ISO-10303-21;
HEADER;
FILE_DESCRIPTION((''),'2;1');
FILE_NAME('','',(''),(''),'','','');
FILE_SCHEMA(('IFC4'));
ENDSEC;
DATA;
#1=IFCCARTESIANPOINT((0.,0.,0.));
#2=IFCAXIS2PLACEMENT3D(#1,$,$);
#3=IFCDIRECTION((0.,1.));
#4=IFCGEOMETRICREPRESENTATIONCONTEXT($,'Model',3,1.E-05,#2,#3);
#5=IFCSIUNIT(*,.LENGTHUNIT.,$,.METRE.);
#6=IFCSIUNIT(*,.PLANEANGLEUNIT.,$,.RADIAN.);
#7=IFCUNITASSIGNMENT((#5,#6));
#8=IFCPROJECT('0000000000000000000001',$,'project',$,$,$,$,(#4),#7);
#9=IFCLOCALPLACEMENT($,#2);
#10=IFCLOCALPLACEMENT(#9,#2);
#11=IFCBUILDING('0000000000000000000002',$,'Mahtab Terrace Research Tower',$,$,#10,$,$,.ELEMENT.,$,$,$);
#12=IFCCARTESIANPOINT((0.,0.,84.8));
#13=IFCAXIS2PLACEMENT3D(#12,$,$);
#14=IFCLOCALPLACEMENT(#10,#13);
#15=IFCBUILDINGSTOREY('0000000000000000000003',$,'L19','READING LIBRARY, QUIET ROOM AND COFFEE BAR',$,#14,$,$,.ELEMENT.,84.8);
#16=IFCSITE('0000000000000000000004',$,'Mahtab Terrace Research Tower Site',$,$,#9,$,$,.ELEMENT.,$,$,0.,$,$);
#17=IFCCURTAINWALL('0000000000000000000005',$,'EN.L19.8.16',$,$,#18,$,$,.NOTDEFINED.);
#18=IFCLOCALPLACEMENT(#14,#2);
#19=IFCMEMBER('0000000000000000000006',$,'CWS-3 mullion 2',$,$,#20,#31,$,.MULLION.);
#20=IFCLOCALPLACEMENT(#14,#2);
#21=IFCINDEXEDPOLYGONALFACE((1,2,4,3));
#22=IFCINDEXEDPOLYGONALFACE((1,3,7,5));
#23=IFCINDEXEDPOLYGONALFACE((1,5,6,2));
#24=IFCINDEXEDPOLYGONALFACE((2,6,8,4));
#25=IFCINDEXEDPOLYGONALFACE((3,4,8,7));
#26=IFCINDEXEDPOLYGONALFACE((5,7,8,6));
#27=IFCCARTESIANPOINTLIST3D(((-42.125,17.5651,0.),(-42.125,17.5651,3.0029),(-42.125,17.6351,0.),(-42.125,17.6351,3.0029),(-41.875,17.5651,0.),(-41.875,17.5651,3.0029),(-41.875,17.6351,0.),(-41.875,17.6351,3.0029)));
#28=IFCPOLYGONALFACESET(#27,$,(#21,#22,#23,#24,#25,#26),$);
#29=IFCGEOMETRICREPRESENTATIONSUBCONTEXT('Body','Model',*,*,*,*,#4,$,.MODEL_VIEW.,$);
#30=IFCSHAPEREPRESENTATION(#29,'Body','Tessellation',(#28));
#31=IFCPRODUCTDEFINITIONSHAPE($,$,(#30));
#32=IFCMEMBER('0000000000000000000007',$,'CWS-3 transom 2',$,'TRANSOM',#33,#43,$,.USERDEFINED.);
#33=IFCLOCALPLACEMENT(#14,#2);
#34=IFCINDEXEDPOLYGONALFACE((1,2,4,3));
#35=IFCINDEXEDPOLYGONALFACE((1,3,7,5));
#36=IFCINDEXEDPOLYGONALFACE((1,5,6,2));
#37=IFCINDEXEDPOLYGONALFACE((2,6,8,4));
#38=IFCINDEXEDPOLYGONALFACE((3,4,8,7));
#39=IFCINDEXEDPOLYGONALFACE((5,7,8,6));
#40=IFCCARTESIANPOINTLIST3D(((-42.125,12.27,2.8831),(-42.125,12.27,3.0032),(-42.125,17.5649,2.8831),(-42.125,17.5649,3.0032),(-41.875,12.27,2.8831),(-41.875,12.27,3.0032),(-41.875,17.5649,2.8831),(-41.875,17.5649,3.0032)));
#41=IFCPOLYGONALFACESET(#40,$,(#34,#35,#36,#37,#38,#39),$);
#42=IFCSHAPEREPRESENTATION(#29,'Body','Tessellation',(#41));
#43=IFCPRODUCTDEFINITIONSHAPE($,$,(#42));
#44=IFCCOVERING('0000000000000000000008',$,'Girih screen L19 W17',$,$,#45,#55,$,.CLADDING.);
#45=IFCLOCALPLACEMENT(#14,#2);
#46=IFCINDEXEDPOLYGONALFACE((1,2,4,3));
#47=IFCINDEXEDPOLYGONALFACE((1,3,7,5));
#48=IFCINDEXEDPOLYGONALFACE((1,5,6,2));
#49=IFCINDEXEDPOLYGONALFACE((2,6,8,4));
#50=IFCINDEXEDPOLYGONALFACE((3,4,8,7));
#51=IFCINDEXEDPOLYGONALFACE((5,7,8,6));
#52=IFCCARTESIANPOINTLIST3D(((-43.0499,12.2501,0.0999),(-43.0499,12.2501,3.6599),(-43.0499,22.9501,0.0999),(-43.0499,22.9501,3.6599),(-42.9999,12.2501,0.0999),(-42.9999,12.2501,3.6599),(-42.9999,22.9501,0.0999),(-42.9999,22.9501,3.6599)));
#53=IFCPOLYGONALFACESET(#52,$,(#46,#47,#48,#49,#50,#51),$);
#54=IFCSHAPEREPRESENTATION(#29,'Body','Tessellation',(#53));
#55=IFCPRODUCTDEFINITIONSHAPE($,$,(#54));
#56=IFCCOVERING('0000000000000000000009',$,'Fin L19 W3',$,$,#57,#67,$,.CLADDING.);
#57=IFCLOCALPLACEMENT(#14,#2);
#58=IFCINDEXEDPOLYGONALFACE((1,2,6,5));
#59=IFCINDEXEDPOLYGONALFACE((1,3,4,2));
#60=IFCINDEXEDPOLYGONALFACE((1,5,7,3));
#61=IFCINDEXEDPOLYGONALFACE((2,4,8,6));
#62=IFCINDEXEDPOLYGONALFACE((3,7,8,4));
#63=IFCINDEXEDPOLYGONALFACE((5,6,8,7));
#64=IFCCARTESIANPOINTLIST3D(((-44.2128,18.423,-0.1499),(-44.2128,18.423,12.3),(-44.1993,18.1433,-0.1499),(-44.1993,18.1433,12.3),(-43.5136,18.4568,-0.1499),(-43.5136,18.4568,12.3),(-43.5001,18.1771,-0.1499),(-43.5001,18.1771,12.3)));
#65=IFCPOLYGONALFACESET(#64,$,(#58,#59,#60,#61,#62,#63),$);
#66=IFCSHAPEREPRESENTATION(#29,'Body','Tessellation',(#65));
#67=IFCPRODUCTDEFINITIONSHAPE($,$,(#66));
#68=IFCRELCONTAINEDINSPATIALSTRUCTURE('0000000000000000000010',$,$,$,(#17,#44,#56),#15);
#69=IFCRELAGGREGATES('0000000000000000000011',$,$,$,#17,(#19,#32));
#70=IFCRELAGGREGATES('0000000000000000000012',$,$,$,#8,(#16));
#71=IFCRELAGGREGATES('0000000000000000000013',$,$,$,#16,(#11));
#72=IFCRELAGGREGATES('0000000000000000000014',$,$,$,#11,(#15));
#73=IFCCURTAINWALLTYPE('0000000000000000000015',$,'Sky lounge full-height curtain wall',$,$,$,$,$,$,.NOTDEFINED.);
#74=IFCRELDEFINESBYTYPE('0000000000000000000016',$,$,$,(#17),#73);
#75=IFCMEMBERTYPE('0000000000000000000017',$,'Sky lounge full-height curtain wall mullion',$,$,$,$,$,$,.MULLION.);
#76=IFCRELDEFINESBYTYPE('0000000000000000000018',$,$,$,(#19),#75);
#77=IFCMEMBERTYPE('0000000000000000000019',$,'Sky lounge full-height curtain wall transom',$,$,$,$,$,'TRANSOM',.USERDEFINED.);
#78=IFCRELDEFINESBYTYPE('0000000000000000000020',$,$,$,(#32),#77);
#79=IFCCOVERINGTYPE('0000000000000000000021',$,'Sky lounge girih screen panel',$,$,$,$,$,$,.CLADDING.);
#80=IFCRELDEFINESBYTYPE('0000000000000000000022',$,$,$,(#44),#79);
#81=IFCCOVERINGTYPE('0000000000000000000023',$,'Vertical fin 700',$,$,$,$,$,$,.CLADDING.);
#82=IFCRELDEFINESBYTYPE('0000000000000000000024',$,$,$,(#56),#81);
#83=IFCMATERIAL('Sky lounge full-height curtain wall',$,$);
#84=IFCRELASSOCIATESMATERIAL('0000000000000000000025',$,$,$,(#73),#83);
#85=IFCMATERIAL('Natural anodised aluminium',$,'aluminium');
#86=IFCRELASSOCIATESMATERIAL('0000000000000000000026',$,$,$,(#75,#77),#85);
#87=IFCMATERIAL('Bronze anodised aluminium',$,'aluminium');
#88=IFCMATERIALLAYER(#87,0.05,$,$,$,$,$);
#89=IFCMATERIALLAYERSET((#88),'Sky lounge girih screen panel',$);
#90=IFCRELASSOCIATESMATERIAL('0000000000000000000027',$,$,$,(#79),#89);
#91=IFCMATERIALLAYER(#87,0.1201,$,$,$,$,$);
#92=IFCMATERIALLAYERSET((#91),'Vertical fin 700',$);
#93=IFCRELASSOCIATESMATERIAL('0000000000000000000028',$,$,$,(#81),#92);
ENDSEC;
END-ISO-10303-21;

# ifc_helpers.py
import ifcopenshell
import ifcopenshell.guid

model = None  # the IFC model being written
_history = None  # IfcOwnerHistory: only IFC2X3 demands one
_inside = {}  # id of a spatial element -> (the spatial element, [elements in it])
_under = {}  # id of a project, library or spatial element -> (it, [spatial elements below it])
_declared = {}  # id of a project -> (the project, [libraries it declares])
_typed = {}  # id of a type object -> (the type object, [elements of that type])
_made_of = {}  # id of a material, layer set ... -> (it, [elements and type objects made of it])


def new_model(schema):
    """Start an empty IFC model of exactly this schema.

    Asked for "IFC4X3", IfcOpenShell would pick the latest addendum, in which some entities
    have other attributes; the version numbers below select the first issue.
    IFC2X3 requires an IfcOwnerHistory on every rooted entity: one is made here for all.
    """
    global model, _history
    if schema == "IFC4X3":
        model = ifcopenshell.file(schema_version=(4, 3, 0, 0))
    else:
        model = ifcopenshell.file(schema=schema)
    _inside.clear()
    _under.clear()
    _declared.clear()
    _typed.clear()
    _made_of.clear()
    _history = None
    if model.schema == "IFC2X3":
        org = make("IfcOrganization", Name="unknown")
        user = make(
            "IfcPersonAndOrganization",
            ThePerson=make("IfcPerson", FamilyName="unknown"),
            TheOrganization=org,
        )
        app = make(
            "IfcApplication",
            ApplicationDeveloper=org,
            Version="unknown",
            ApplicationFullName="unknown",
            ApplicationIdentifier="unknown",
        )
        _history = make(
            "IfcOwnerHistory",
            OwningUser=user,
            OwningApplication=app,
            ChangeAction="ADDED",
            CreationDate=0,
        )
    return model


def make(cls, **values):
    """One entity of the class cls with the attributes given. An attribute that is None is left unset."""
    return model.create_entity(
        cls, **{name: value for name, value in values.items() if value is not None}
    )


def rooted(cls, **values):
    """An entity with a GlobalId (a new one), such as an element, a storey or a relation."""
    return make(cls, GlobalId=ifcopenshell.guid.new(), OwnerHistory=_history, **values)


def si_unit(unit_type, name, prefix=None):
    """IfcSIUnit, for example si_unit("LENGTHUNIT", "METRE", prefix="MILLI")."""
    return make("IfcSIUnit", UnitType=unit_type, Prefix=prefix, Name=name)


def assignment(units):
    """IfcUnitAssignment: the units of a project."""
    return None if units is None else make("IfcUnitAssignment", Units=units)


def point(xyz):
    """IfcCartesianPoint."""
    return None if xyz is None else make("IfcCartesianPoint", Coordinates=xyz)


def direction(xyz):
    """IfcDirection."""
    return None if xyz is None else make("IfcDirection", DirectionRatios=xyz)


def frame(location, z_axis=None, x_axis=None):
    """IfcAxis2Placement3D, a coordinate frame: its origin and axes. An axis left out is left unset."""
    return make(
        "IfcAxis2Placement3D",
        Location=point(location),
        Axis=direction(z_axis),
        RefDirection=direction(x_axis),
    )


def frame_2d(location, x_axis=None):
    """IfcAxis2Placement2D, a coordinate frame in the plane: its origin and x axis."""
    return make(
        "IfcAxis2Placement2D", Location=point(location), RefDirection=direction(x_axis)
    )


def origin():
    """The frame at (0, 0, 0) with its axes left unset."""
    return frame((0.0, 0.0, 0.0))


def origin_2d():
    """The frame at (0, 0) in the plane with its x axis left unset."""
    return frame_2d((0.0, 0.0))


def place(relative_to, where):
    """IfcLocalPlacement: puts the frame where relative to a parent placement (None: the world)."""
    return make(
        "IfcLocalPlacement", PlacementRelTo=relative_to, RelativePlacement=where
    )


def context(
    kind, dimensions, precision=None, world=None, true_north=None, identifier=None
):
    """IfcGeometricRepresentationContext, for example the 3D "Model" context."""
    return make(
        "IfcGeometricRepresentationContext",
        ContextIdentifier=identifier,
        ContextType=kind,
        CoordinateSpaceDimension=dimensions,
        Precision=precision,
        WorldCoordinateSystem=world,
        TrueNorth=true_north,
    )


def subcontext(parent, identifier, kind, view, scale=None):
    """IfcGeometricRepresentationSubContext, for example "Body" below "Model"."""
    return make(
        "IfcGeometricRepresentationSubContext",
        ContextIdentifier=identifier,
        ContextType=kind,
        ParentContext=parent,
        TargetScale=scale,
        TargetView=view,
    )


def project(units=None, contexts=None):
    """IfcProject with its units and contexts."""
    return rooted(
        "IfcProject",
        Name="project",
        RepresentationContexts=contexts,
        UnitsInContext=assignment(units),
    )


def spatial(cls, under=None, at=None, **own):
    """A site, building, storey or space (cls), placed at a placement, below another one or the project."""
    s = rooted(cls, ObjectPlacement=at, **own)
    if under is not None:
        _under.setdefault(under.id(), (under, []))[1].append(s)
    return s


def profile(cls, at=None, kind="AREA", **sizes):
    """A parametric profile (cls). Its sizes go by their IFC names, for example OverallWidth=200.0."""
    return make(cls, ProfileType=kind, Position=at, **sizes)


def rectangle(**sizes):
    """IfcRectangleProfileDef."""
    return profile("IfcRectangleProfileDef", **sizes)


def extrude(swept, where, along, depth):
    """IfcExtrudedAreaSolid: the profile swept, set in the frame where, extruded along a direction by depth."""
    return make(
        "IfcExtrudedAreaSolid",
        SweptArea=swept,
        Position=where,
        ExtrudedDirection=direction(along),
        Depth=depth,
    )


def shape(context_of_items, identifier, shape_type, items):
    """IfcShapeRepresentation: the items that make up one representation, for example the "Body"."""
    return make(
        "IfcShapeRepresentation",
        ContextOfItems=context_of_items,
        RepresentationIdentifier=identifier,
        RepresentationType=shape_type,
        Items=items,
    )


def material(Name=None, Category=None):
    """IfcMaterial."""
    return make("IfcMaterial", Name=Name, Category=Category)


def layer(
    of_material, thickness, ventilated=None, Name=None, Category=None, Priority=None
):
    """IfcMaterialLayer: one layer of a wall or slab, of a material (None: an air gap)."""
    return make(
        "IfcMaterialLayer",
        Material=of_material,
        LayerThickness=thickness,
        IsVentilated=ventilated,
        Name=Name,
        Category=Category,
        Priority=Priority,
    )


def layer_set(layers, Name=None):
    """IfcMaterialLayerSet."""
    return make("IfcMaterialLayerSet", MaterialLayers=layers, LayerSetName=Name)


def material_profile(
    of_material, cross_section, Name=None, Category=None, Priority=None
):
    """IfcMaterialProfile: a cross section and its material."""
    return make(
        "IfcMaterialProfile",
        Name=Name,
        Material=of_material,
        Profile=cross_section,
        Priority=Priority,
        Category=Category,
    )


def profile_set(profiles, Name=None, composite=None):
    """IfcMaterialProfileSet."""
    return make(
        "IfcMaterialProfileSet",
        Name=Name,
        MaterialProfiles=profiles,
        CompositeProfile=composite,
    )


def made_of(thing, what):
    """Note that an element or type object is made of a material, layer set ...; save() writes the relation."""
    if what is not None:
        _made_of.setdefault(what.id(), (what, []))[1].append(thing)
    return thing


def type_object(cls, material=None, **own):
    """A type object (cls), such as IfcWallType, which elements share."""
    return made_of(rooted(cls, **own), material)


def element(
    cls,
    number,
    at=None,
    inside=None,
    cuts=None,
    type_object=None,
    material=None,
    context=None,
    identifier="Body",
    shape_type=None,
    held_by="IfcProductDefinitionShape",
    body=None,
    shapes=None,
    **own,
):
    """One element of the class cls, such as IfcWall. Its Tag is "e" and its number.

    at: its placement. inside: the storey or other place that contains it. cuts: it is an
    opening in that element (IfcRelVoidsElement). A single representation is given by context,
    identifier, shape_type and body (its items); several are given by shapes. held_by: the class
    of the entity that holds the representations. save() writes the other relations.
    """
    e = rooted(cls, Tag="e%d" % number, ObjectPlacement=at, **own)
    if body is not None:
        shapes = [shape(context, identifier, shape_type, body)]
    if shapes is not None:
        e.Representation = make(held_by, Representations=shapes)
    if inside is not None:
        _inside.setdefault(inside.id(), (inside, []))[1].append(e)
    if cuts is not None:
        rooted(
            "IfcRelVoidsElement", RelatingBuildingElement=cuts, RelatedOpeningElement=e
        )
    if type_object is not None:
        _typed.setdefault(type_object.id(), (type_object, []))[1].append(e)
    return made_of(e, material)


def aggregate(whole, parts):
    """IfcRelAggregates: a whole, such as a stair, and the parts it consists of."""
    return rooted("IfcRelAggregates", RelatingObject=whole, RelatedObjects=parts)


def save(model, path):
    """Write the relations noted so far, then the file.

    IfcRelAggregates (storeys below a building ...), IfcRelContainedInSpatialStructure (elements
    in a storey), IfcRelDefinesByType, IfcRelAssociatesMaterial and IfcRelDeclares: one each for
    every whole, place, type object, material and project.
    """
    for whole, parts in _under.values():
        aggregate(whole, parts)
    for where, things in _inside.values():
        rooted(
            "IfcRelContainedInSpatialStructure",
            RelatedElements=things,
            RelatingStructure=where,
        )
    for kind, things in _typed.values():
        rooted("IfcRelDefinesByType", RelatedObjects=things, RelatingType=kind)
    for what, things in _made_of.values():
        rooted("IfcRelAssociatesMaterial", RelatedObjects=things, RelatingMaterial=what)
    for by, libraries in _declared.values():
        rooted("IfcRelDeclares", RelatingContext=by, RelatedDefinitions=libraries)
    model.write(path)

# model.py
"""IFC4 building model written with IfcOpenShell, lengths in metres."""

from ifc_helpers import new_model, si_unit, direction, frame, origin, origin_2d, place, context, subcontext, project, spatial, rectangle, extrude, material, layer, layer_set, material_profile, profile_set, type_object, element, aggregate, save


model = new_model("IFC4")

# Units and contexts
model_context = context("Model", 3, precision=1e-05, world=origin(), true_north=direction((0.0, 1.0)))
body_context = subcontext(model_context, "Body", "Model", "MODEL_VIEW")
ifc_project = project(units=[si_unit("LENGTHUNIT", "METRE"), si_unit("PLANEANGLEUNIT", "RADIAN")], contexts=[model_context])

# Site, building, storey
site_placement = place(None, origin())
site = spatial("IfcSite", under=ifc_project, at=site_placement, Name="Mahtab Terrace Research Tower Site", CompositionType="ELEMENT", RefElevation=0.0)
building_placement = place(site_placement, origin())
building = spatial("IfcBuilding", under=site, at=building_placement, Name="Mahtab Terrace Research Tower", CompositionType="ELEMENT")
storey_placement = place(building_placement, frame((0.0, 0.0, 84.8)))
storey = spatial("IfcBuildingStorey", under=building, at=storey_placement, Name="L19", Description="READING LIBRARY, QUIET ROOM AND COFFEE BAR", CompositionType="ELEMENT", Elevation=84.8)

# Curtain wall, members
ifc_material_1 = material(Name="Sky lounge full-height curtain wall")
curtain_wall_type = type_object("IfcCurtainWallType", Name="Sky lounge full-height curtain wall", PredefinedType="NOTDEFINED", material=ifc_material_1)
curtain_wall_placement = place(storey_placement, origin())
curtain_wall = element("IfcCurtainWall", 1, at=curtain_wall_placement, inside=storey, type_object=curtain_wall_type, Name="EN.L19.8.16", PredefinedType="NOTDEFINED")
ifc_material_2 = material(Name="Natural anodised aluminium", Category="aluminium")
ifc_material_profile_1 = material_profile(ifc_material_2, rectangle(XDim=0.25, YDim=0.0701, at=origin_2d()), Name="MULLION 70x250")
ifc_profile_set_1 = profile_set([ifc_material_profile_1], Name="Natural anodised aluminium")
member_type_1 = type_object("IfcMemberType", Name="Sky lounge full-height curtain wall mullion", PredefinedType="MULLION", material=ifc_profile_set_1)
member_1_placement = place(storey_placement, frame((-42.0, 17.6001, 0.0), z_axis=(0.0, 0.0, 1.0), x_axis=(1.0, 0.0, 0.0)))
member_1 = element("IfcMember", 2, at=member_1_placement, type_object=member_type_1, Name="CWS-3 mullion 2", PredefinedType="MULLION", context=body_context, shape_type="SweptSolid", body=[
    extrude(rectangle(XDim=0.25, YDim=0.0701, at=origin_2d()), origin(), (0.0, 0.0, 1.0), 3.0029),
])
ifc_material_profile_2 = material_profile(ifc_material_2, rectangle(XDim=0.25, YDim=0.1201, at=origin_2d()), Name="TRANSOM 120x250")
ifc_profile_set_2 = profile_set([ifc_material_profile_2], Name="Natural anodised aluminium")
member_type_2 = type_object("IfcMemberType", Name="Sky lounge full-height curtain wall transom", ElementType="TRANSOM", PredefinedType="USERDEFINED", material=ifc_profile_set_2)
member_2_placement = place(storey_placement, frame((-42.0, 17.5649, 2.9431), z_axis=(0.0, -1.0, 0.0), x_axis=(1.0, 0.0, 0.0)))
member_2 = element("IfcMember", 3, at=member_2_placement, type_object=member_type_2, Name="CWS-3 transom 2", ObjectType="TRANSOM", PredefinedType="USERDEFINED", context=body_context, shape_type="SweptSolid", body=[
    extrude(rectangle(XDim=0.25, YDim=0.1201, at=origin_2d()), origin(), (0.0, 0.0, 1.0), 5.2949),
])
aggregate(curtain_wall, [member_1, member_2])

# Coverings
ifc_material_3 = material(Name="Bronze anodised aluminium", Category="aluminium")
ifc_layer_1 = layer(ifc_material_3, 0.05)
ifc_layer_set_1 = layer_set([ifc_layer_1], Name="Sky lounge girih screen panel")
covering_type_1 = type_object("IfcCoveringType", Name="Sky lounge girih screen panel", PredefinedType="CLADDING", material=ifc_layer_set_1)
covering_1_placement = place(storey_placement, frame((-43.0249, 17.6001, 0.0999), z_axis=(0.0, 0.0, 1.0), x_axis=(0.0, -1.0, 0.0)))
element("IfcCovering", 4, at=covering_1_placement, inside=storey, type_object=covering_type_1, Name="Girih screen L19 W17", PredefinedType="CLADDING", context=body_context, shape_type="SweptSolid", body=[
    extrude(rectangle(XDim=10.7, YDim=0.05, at=origin_2d()), origin(), (0.0, 0.0, 1.0), 3.5601),
])
ifc_layer_2 = layer(ifc_material_3, 0.1201)
ifc_layer_set_2 = layer_set([ifc_layer_2], Name="Vertical fin 700")
covering_type_2 = type_object("IfcCoveringType", Name="Vertical fin 700", PredefinedType="CLADDING", material=ifc_layer_set_2)
covering_2_placement = place(storey_placement, frame((-43.8564, 18.3, -0.1499), z_axis=(0.0, 0.0, 1.0), x_axis=(0.048234, -0.998836, 0.0)))
element("IfcCovering", 5, at=covering_2_placement, inside=storey, type_object=covering_type_2, Name="Fin L19 W3", PredefinedType="CLADDING", context=body_context, shape_type="SweptSolid", body=[
    extrude(rectangle(XDim=0.28, YDim=0.7, at=origin_2d()), origin(), (0.0, 0.0, 1.0), 12.45),
])

save(model, "model.ifc")
